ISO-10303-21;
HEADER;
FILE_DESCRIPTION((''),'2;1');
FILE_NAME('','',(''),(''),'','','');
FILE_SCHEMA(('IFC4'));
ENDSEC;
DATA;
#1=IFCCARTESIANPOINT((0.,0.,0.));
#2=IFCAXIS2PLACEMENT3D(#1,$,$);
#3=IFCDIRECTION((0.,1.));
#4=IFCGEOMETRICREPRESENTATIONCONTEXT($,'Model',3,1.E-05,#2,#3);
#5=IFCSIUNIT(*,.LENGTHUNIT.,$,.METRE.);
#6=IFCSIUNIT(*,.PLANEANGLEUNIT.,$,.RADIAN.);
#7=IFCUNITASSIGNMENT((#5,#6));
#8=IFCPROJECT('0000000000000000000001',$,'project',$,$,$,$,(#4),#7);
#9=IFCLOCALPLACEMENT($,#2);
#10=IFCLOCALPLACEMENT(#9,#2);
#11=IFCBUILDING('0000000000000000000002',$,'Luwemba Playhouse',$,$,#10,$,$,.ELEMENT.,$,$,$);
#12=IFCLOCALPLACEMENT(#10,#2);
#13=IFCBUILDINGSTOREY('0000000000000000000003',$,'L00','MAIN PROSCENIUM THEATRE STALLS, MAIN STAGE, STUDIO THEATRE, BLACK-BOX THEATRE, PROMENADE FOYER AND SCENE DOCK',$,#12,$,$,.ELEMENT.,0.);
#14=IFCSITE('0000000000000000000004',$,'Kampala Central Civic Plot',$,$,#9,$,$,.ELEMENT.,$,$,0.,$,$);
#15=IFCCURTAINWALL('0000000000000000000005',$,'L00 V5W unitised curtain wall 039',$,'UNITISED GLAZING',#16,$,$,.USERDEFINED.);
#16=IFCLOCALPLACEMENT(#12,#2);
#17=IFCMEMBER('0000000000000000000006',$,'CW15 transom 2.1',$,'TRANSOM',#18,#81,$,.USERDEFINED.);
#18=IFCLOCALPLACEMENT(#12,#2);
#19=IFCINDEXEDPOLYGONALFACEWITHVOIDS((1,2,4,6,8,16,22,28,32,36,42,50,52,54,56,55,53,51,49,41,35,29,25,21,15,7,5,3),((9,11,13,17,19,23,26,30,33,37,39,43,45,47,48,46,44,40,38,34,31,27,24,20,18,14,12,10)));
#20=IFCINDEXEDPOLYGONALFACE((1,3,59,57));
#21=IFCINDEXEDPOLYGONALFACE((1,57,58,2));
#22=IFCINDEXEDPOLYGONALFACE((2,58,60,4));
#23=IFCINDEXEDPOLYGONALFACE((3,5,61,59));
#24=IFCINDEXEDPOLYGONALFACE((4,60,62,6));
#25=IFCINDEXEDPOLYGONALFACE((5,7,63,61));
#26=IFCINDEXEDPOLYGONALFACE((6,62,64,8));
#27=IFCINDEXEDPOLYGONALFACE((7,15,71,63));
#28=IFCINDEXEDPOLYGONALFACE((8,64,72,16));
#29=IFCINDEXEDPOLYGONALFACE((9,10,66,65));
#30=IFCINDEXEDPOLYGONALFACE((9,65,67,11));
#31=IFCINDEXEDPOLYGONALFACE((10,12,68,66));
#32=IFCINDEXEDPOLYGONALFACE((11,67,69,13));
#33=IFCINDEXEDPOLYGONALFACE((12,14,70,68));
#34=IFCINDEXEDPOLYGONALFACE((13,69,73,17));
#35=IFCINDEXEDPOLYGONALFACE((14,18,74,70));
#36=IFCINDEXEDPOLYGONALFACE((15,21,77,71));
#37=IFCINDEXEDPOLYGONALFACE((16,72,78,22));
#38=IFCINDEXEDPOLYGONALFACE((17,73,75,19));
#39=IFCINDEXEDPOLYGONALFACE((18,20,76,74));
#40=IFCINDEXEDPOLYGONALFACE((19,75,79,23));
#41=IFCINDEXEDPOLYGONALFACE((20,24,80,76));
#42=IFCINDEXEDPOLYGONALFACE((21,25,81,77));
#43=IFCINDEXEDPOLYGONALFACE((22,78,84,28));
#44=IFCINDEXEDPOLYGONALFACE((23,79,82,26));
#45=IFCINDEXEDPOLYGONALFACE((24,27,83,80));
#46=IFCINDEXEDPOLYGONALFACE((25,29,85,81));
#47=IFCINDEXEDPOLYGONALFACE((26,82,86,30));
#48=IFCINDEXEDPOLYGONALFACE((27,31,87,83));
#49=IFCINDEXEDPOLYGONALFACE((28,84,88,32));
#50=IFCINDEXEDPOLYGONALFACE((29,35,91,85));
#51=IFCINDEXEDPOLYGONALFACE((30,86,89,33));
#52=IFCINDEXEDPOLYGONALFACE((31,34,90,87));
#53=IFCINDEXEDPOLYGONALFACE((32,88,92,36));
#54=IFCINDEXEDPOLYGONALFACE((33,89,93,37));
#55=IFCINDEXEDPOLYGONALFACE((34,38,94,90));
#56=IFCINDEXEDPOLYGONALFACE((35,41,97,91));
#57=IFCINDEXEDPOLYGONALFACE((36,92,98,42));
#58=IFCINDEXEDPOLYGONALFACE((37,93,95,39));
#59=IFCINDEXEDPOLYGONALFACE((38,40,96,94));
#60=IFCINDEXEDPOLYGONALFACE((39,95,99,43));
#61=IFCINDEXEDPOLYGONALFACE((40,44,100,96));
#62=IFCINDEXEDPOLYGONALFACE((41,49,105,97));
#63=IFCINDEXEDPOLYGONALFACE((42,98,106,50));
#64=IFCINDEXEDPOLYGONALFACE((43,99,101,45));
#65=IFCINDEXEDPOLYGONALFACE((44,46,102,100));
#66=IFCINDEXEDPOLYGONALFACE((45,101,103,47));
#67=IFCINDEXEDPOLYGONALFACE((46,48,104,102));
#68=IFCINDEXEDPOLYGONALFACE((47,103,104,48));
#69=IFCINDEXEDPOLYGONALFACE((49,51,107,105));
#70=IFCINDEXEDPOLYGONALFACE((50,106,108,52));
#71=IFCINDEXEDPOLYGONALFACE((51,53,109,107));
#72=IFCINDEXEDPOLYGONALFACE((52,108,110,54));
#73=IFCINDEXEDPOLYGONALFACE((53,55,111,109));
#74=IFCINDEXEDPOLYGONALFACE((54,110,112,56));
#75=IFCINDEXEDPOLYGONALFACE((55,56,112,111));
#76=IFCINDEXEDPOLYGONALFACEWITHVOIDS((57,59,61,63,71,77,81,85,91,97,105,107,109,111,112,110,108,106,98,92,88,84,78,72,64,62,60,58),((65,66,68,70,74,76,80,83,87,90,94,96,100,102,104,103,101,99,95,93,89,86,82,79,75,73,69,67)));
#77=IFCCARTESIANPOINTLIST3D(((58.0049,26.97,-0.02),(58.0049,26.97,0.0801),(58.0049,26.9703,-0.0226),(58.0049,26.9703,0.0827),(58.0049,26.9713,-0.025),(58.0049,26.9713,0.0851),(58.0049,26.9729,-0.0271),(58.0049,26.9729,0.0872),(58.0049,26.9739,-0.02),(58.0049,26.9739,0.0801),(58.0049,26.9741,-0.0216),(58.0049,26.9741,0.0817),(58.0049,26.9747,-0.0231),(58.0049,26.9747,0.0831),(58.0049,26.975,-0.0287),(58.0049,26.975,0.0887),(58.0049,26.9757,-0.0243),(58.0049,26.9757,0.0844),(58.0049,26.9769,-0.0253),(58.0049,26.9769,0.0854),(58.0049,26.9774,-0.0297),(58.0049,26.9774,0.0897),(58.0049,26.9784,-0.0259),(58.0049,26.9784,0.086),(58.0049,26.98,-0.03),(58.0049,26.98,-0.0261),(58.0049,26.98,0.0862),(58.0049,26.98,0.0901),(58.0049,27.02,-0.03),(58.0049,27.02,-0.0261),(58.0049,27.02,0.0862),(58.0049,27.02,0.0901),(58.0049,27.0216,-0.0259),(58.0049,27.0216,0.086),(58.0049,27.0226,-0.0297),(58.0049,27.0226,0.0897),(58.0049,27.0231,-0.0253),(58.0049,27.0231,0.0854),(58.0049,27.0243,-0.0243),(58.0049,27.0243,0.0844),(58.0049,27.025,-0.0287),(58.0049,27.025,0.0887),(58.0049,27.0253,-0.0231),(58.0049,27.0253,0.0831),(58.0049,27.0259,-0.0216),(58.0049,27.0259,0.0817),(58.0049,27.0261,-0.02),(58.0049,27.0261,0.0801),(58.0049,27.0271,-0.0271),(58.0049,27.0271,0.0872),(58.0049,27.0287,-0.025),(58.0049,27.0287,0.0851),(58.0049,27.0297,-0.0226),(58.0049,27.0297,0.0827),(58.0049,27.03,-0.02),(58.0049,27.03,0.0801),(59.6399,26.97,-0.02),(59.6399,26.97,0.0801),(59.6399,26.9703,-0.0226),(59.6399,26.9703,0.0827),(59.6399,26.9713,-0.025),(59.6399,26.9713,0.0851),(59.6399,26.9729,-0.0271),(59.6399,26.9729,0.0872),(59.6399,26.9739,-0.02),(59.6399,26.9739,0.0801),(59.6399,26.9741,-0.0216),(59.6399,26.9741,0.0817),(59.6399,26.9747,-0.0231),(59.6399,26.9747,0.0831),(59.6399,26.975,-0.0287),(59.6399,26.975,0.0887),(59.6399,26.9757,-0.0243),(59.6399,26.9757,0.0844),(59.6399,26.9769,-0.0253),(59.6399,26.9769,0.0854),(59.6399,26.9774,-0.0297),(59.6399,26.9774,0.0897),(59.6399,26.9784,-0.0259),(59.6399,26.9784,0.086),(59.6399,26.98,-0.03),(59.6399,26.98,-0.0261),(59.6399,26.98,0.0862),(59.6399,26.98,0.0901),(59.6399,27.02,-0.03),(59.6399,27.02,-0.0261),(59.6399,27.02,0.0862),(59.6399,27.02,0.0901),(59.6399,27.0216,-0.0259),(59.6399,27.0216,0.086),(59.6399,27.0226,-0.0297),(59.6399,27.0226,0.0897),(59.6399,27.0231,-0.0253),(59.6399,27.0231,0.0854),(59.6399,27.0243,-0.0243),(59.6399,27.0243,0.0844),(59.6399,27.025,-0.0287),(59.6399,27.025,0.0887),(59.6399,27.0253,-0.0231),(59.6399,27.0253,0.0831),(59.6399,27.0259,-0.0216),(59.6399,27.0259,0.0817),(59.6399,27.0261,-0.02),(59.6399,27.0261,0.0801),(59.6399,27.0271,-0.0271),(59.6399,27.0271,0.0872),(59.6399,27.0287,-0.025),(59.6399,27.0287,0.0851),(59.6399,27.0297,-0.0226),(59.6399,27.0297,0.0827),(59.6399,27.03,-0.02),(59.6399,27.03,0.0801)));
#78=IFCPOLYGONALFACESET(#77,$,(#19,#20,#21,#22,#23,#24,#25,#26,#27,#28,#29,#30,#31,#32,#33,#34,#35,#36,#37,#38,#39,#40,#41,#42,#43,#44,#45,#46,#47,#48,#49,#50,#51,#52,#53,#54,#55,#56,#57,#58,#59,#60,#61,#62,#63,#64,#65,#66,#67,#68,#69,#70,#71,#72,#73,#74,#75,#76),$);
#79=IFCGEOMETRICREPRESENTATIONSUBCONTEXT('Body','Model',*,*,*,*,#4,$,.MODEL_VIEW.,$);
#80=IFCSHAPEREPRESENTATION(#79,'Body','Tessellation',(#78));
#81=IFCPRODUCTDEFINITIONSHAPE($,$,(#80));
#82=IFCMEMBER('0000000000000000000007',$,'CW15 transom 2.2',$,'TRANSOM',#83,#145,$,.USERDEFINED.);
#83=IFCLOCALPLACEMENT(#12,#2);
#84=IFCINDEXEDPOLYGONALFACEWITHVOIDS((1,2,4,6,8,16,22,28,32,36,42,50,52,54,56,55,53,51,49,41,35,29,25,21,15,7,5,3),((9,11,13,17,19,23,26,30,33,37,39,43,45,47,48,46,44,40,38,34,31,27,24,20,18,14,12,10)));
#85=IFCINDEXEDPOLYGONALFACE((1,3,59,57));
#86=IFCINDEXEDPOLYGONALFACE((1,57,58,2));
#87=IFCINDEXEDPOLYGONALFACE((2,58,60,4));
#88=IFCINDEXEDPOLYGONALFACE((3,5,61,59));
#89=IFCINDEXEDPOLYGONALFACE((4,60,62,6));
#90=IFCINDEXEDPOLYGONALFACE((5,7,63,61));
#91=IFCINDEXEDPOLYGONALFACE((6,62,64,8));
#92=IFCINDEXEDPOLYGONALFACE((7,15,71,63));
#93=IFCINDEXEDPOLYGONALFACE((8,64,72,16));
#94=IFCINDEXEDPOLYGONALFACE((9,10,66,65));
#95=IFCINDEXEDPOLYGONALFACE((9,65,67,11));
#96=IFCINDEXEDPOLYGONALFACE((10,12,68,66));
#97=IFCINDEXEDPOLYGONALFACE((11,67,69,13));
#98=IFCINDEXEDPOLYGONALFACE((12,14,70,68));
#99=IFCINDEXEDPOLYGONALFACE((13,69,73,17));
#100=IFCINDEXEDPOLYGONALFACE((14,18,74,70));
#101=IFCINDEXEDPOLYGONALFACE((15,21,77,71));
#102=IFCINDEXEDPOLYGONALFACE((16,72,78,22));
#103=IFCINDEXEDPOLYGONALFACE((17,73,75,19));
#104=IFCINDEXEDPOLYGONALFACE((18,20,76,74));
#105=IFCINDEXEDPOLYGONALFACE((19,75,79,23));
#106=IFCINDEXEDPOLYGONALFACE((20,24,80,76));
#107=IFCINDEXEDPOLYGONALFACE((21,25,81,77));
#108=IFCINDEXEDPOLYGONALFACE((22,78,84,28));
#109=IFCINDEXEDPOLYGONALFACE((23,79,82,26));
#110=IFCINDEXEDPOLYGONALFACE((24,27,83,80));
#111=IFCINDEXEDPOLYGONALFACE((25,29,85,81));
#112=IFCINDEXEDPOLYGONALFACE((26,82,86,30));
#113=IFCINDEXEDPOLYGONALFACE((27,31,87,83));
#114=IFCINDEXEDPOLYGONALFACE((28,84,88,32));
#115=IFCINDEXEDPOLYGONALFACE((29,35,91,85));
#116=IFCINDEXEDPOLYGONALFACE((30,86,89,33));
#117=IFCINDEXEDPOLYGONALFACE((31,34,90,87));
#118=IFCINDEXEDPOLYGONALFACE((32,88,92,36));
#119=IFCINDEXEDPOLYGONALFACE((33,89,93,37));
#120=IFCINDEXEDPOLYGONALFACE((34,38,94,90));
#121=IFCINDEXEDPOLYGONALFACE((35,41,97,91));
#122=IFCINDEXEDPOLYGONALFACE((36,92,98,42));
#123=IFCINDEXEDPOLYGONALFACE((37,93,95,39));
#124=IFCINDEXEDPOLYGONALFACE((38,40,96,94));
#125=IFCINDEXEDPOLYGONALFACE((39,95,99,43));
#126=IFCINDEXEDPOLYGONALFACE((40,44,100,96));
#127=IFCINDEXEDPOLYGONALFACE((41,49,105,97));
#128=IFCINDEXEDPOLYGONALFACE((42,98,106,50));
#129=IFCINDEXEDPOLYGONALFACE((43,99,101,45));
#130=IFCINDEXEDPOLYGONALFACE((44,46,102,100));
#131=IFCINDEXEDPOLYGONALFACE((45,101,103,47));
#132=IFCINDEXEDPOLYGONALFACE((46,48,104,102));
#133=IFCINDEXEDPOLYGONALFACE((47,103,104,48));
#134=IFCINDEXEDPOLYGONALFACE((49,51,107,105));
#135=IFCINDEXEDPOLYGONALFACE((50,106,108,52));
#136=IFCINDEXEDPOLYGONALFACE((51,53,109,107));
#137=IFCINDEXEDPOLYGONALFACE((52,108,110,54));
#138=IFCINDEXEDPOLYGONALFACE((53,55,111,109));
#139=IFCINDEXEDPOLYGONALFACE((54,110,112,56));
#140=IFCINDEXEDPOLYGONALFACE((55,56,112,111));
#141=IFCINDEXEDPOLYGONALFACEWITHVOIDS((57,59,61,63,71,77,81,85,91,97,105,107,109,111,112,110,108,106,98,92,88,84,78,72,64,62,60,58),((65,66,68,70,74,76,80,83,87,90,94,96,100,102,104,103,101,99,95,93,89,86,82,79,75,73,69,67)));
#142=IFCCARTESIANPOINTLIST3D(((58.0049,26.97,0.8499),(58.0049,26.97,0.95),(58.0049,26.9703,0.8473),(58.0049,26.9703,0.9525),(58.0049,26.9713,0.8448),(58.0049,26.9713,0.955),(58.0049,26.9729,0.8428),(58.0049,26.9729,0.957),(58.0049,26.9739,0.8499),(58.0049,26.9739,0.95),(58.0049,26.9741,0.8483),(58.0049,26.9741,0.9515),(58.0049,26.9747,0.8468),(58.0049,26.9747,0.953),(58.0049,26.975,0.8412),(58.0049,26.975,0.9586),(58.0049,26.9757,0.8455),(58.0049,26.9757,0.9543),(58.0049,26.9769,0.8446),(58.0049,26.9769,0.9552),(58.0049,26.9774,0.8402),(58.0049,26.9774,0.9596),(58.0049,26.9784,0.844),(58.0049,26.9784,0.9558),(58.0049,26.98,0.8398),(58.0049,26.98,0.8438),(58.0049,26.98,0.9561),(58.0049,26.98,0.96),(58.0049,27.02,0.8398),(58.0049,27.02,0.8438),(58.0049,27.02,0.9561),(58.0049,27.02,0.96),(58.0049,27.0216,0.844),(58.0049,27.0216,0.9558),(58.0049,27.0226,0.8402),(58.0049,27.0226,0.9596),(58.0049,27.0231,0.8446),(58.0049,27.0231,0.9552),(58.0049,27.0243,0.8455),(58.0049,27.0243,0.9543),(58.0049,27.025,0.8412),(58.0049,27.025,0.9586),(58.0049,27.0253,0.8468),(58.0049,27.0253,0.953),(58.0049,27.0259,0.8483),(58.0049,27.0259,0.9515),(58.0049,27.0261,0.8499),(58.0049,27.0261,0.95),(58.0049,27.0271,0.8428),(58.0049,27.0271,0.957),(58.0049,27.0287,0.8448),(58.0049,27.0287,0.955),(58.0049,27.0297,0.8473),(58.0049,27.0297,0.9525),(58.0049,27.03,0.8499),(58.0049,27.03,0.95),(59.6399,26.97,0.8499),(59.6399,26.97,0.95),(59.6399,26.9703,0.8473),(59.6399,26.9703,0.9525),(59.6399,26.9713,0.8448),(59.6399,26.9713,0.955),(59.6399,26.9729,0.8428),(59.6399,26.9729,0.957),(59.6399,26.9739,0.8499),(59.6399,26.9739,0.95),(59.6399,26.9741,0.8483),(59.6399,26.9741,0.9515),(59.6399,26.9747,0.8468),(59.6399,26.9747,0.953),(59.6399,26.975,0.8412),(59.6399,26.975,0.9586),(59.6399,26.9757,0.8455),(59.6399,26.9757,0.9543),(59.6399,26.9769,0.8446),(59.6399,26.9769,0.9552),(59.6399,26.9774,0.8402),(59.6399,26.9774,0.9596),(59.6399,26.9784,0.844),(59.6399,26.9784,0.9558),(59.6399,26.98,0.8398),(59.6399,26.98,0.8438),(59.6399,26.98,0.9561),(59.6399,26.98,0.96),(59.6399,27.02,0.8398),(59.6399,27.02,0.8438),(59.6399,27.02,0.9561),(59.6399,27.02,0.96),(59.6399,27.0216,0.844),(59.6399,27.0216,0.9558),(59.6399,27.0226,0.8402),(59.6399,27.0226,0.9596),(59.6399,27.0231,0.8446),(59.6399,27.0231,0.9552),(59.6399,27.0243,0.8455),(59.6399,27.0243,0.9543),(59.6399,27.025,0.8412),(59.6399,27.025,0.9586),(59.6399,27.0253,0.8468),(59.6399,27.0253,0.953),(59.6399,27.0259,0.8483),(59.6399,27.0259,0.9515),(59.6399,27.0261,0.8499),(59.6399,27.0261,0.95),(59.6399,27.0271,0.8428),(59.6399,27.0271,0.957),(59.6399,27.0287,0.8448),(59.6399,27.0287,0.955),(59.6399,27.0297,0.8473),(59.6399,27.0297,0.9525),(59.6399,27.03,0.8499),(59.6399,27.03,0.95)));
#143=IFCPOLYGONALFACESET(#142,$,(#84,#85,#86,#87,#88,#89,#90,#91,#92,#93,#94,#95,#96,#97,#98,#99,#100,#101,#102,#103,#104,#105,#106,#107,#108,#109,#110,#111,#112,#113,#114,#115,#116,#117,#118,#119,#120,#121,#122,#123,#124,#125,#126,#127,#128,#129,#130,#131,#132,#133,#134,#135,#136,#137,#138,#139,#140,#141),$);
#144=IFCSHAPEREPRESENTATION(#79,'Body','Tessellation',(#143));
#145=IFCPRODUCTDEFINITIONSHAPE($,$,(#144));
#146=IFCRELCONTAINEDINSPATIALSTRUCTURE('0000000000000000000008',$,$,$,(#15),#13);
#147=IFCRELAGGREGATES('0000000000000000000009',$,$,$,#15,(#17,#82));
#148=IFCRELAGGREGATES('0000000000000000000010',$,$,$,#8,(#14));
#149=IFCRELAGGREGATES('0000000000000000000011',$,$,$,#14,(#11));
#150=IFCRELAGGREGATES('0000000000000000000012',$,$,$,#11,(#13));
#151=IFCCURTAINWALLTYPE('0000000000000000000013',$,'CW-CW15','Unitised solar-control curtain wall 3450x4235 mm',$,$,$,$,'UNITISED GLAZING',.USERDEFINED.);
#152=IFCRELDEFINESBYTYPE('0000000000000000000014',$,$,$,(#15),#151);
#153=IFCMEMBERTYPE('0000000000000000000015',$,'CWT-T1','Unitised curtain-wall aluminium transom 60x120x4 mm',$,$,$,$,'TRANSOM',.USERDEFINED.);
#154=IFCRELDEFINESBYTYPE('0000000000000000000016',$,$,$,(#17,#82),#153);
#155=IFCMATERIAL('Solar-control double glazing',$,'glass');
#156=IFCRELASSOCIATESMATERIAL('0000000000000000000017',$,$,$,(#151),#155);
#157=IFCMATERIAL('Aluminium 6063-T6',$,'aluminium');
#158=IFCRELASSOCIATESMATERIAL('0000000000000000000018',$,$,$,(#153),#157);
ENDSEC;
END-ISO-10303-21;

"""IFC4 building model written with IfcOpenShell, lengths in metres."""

from ifc_helpers import new_model, si_unit, direction, frame, origin, origin_2d, place, context, subcontext, project, spatial, hollow_rectangle, extrude, material, material_profile, profile_set, type_object, element, aggregate, save


model = new_model("IFC4")

# Units and contexts
model_context = context("Model", 3, precision=1e-05, world=origin(), true_north=direction((0.0, 1.0)))
body_context = subcontext(model_context, "Body", "Model", "MODEL_VIEW")
ifc_project = project(units=[si_unit("LENGTHUNIT", "METRE"), si_unit("PLANEANGLEUNIT", "RADIAN")], contexts=[model_context])

# Site, building, storey
site_placement = place(None, origin())
site = spatial("IfcSite", under=ifc_project, at=site_placement, Name="Kampala Central Civic Plot", CompositionType="ELEMENT", RefElevation=0.0)
building_placement = place(site_placement, origin())
building = spatial("IfcBuilding", under=site, at=building_placement, Name="Luwemba Playhouse", CompositionType="ELEMENT")
storey_placement = place(building_placement, origin())
storey = spatial("IfcBuildingStorey", under=building, at=storey_placement, Name="L00", Description="MAIN PROSCENIUM THEATRE STALLS, MAIN STAGE, STUDIO THEATRE, BLACK-BOX THEATRE, PROMENADE FOYER AND SCENE DOCK", CompositionType="ELEMENT", Elevation=0.0)

# Curtain wall
ifc_material_1 = material(Name="Solar-control double glazing", Category="glass")
curtain_wall_type_1 = type_object("IfcCurtainWallType", Name="CW-CW15", Description="Unitised solar-control curtain wall 3450x4235 mm", ElementType="UNITISED GLAZING", PredefinedType="USERDEFINED", material=ifc_material_1)
curtain_wall_1_placement = place(storey_placement, origin())
curtain_wall_1 = element("IfcCurtainWall", 1, at=curtain_wall_1_placement, inside=storey, type_object=curtain_wall_type_1, Name="L00 V5W unitised curtain wall 039", ObjectType="UNITISED GLAZING", PredefinedType="USERDEFINED")
ifc_material_2 = material(Name="Aluminium 6063-T6", Category="aluminium")

# Members
ifc_material_profile_1 = material_profile(ifc_material_2, hollow_rectangle(XDim=0.0601, YDim=0.1201, WallThickness=0.0039, InnerFilletRadius=0.0061, OuterFilletRadius=0.01, at=origin_2d()))
ifc_profile_set_1 = profile_set([ifc_material_profile_1], Name="Aluminium 6063-T6")
member_type_1 = type_object("IfcMemberType", Name="CWT-T1", Description="Unitised curtain-wall aluminium transom 60x120x4 mm", ElementType="TRANSOM", PredefinedType="USERDEFINED", material=ifc_profile_set_1)
member_1_placement = place(storey_placement, frame((58.0049, 27.0, 0.03), z_axis=(1.0, 0.0, 0.0), x_axis=(0.0, 1.0, 0.0)))
member_1 = element("IfcMember", 2, at=member_1_placement, type_object=member_type_1, Name="CW15 transom 2.1", ObjectType="TRANSOM", PredefinedType="USERDEFINED", context=body_context, shape_type="SweptSolid", body=[
    extrude(hollow_rectangle(XDim=0.0601, YDim=0.1201, WallThickness=0.0039, InnerFilletRadius=0.0061, OuterFilletRadius=0.01, at=origin_2d()), origin(), (0.0, 0.0, 1.0), 1.635),
])
member_2_placement = place(storey_placement, frame((58.0049, 27.0, 0.8999), z_axis=(1.0, 0.0, 0.0), x_axis=(0.0, 1.0, 0.0)))
member_2 = element("IfcMember", 3, at=member_2_placement, type_object=member_type_1, Name="CW15 transom 2.2", ObjectType="TRANSOM", PredefinedType="USERDEFINED", context=body_context, shape_type="SweptSolid", body=[
    extrude(hollow_rectangle(XDim=0.0601, YDim=0.1201, WallThickness=0.0039, InnerFilletRadius=0.0061, OuterFilletRadius=0.01, at=origin_2d()), origin(), (0.0, 0.0, 1.0), 1.635),
])

aggregate(curtain_wall_1, [member_1, member_2])

save(model, "model.ifc")
